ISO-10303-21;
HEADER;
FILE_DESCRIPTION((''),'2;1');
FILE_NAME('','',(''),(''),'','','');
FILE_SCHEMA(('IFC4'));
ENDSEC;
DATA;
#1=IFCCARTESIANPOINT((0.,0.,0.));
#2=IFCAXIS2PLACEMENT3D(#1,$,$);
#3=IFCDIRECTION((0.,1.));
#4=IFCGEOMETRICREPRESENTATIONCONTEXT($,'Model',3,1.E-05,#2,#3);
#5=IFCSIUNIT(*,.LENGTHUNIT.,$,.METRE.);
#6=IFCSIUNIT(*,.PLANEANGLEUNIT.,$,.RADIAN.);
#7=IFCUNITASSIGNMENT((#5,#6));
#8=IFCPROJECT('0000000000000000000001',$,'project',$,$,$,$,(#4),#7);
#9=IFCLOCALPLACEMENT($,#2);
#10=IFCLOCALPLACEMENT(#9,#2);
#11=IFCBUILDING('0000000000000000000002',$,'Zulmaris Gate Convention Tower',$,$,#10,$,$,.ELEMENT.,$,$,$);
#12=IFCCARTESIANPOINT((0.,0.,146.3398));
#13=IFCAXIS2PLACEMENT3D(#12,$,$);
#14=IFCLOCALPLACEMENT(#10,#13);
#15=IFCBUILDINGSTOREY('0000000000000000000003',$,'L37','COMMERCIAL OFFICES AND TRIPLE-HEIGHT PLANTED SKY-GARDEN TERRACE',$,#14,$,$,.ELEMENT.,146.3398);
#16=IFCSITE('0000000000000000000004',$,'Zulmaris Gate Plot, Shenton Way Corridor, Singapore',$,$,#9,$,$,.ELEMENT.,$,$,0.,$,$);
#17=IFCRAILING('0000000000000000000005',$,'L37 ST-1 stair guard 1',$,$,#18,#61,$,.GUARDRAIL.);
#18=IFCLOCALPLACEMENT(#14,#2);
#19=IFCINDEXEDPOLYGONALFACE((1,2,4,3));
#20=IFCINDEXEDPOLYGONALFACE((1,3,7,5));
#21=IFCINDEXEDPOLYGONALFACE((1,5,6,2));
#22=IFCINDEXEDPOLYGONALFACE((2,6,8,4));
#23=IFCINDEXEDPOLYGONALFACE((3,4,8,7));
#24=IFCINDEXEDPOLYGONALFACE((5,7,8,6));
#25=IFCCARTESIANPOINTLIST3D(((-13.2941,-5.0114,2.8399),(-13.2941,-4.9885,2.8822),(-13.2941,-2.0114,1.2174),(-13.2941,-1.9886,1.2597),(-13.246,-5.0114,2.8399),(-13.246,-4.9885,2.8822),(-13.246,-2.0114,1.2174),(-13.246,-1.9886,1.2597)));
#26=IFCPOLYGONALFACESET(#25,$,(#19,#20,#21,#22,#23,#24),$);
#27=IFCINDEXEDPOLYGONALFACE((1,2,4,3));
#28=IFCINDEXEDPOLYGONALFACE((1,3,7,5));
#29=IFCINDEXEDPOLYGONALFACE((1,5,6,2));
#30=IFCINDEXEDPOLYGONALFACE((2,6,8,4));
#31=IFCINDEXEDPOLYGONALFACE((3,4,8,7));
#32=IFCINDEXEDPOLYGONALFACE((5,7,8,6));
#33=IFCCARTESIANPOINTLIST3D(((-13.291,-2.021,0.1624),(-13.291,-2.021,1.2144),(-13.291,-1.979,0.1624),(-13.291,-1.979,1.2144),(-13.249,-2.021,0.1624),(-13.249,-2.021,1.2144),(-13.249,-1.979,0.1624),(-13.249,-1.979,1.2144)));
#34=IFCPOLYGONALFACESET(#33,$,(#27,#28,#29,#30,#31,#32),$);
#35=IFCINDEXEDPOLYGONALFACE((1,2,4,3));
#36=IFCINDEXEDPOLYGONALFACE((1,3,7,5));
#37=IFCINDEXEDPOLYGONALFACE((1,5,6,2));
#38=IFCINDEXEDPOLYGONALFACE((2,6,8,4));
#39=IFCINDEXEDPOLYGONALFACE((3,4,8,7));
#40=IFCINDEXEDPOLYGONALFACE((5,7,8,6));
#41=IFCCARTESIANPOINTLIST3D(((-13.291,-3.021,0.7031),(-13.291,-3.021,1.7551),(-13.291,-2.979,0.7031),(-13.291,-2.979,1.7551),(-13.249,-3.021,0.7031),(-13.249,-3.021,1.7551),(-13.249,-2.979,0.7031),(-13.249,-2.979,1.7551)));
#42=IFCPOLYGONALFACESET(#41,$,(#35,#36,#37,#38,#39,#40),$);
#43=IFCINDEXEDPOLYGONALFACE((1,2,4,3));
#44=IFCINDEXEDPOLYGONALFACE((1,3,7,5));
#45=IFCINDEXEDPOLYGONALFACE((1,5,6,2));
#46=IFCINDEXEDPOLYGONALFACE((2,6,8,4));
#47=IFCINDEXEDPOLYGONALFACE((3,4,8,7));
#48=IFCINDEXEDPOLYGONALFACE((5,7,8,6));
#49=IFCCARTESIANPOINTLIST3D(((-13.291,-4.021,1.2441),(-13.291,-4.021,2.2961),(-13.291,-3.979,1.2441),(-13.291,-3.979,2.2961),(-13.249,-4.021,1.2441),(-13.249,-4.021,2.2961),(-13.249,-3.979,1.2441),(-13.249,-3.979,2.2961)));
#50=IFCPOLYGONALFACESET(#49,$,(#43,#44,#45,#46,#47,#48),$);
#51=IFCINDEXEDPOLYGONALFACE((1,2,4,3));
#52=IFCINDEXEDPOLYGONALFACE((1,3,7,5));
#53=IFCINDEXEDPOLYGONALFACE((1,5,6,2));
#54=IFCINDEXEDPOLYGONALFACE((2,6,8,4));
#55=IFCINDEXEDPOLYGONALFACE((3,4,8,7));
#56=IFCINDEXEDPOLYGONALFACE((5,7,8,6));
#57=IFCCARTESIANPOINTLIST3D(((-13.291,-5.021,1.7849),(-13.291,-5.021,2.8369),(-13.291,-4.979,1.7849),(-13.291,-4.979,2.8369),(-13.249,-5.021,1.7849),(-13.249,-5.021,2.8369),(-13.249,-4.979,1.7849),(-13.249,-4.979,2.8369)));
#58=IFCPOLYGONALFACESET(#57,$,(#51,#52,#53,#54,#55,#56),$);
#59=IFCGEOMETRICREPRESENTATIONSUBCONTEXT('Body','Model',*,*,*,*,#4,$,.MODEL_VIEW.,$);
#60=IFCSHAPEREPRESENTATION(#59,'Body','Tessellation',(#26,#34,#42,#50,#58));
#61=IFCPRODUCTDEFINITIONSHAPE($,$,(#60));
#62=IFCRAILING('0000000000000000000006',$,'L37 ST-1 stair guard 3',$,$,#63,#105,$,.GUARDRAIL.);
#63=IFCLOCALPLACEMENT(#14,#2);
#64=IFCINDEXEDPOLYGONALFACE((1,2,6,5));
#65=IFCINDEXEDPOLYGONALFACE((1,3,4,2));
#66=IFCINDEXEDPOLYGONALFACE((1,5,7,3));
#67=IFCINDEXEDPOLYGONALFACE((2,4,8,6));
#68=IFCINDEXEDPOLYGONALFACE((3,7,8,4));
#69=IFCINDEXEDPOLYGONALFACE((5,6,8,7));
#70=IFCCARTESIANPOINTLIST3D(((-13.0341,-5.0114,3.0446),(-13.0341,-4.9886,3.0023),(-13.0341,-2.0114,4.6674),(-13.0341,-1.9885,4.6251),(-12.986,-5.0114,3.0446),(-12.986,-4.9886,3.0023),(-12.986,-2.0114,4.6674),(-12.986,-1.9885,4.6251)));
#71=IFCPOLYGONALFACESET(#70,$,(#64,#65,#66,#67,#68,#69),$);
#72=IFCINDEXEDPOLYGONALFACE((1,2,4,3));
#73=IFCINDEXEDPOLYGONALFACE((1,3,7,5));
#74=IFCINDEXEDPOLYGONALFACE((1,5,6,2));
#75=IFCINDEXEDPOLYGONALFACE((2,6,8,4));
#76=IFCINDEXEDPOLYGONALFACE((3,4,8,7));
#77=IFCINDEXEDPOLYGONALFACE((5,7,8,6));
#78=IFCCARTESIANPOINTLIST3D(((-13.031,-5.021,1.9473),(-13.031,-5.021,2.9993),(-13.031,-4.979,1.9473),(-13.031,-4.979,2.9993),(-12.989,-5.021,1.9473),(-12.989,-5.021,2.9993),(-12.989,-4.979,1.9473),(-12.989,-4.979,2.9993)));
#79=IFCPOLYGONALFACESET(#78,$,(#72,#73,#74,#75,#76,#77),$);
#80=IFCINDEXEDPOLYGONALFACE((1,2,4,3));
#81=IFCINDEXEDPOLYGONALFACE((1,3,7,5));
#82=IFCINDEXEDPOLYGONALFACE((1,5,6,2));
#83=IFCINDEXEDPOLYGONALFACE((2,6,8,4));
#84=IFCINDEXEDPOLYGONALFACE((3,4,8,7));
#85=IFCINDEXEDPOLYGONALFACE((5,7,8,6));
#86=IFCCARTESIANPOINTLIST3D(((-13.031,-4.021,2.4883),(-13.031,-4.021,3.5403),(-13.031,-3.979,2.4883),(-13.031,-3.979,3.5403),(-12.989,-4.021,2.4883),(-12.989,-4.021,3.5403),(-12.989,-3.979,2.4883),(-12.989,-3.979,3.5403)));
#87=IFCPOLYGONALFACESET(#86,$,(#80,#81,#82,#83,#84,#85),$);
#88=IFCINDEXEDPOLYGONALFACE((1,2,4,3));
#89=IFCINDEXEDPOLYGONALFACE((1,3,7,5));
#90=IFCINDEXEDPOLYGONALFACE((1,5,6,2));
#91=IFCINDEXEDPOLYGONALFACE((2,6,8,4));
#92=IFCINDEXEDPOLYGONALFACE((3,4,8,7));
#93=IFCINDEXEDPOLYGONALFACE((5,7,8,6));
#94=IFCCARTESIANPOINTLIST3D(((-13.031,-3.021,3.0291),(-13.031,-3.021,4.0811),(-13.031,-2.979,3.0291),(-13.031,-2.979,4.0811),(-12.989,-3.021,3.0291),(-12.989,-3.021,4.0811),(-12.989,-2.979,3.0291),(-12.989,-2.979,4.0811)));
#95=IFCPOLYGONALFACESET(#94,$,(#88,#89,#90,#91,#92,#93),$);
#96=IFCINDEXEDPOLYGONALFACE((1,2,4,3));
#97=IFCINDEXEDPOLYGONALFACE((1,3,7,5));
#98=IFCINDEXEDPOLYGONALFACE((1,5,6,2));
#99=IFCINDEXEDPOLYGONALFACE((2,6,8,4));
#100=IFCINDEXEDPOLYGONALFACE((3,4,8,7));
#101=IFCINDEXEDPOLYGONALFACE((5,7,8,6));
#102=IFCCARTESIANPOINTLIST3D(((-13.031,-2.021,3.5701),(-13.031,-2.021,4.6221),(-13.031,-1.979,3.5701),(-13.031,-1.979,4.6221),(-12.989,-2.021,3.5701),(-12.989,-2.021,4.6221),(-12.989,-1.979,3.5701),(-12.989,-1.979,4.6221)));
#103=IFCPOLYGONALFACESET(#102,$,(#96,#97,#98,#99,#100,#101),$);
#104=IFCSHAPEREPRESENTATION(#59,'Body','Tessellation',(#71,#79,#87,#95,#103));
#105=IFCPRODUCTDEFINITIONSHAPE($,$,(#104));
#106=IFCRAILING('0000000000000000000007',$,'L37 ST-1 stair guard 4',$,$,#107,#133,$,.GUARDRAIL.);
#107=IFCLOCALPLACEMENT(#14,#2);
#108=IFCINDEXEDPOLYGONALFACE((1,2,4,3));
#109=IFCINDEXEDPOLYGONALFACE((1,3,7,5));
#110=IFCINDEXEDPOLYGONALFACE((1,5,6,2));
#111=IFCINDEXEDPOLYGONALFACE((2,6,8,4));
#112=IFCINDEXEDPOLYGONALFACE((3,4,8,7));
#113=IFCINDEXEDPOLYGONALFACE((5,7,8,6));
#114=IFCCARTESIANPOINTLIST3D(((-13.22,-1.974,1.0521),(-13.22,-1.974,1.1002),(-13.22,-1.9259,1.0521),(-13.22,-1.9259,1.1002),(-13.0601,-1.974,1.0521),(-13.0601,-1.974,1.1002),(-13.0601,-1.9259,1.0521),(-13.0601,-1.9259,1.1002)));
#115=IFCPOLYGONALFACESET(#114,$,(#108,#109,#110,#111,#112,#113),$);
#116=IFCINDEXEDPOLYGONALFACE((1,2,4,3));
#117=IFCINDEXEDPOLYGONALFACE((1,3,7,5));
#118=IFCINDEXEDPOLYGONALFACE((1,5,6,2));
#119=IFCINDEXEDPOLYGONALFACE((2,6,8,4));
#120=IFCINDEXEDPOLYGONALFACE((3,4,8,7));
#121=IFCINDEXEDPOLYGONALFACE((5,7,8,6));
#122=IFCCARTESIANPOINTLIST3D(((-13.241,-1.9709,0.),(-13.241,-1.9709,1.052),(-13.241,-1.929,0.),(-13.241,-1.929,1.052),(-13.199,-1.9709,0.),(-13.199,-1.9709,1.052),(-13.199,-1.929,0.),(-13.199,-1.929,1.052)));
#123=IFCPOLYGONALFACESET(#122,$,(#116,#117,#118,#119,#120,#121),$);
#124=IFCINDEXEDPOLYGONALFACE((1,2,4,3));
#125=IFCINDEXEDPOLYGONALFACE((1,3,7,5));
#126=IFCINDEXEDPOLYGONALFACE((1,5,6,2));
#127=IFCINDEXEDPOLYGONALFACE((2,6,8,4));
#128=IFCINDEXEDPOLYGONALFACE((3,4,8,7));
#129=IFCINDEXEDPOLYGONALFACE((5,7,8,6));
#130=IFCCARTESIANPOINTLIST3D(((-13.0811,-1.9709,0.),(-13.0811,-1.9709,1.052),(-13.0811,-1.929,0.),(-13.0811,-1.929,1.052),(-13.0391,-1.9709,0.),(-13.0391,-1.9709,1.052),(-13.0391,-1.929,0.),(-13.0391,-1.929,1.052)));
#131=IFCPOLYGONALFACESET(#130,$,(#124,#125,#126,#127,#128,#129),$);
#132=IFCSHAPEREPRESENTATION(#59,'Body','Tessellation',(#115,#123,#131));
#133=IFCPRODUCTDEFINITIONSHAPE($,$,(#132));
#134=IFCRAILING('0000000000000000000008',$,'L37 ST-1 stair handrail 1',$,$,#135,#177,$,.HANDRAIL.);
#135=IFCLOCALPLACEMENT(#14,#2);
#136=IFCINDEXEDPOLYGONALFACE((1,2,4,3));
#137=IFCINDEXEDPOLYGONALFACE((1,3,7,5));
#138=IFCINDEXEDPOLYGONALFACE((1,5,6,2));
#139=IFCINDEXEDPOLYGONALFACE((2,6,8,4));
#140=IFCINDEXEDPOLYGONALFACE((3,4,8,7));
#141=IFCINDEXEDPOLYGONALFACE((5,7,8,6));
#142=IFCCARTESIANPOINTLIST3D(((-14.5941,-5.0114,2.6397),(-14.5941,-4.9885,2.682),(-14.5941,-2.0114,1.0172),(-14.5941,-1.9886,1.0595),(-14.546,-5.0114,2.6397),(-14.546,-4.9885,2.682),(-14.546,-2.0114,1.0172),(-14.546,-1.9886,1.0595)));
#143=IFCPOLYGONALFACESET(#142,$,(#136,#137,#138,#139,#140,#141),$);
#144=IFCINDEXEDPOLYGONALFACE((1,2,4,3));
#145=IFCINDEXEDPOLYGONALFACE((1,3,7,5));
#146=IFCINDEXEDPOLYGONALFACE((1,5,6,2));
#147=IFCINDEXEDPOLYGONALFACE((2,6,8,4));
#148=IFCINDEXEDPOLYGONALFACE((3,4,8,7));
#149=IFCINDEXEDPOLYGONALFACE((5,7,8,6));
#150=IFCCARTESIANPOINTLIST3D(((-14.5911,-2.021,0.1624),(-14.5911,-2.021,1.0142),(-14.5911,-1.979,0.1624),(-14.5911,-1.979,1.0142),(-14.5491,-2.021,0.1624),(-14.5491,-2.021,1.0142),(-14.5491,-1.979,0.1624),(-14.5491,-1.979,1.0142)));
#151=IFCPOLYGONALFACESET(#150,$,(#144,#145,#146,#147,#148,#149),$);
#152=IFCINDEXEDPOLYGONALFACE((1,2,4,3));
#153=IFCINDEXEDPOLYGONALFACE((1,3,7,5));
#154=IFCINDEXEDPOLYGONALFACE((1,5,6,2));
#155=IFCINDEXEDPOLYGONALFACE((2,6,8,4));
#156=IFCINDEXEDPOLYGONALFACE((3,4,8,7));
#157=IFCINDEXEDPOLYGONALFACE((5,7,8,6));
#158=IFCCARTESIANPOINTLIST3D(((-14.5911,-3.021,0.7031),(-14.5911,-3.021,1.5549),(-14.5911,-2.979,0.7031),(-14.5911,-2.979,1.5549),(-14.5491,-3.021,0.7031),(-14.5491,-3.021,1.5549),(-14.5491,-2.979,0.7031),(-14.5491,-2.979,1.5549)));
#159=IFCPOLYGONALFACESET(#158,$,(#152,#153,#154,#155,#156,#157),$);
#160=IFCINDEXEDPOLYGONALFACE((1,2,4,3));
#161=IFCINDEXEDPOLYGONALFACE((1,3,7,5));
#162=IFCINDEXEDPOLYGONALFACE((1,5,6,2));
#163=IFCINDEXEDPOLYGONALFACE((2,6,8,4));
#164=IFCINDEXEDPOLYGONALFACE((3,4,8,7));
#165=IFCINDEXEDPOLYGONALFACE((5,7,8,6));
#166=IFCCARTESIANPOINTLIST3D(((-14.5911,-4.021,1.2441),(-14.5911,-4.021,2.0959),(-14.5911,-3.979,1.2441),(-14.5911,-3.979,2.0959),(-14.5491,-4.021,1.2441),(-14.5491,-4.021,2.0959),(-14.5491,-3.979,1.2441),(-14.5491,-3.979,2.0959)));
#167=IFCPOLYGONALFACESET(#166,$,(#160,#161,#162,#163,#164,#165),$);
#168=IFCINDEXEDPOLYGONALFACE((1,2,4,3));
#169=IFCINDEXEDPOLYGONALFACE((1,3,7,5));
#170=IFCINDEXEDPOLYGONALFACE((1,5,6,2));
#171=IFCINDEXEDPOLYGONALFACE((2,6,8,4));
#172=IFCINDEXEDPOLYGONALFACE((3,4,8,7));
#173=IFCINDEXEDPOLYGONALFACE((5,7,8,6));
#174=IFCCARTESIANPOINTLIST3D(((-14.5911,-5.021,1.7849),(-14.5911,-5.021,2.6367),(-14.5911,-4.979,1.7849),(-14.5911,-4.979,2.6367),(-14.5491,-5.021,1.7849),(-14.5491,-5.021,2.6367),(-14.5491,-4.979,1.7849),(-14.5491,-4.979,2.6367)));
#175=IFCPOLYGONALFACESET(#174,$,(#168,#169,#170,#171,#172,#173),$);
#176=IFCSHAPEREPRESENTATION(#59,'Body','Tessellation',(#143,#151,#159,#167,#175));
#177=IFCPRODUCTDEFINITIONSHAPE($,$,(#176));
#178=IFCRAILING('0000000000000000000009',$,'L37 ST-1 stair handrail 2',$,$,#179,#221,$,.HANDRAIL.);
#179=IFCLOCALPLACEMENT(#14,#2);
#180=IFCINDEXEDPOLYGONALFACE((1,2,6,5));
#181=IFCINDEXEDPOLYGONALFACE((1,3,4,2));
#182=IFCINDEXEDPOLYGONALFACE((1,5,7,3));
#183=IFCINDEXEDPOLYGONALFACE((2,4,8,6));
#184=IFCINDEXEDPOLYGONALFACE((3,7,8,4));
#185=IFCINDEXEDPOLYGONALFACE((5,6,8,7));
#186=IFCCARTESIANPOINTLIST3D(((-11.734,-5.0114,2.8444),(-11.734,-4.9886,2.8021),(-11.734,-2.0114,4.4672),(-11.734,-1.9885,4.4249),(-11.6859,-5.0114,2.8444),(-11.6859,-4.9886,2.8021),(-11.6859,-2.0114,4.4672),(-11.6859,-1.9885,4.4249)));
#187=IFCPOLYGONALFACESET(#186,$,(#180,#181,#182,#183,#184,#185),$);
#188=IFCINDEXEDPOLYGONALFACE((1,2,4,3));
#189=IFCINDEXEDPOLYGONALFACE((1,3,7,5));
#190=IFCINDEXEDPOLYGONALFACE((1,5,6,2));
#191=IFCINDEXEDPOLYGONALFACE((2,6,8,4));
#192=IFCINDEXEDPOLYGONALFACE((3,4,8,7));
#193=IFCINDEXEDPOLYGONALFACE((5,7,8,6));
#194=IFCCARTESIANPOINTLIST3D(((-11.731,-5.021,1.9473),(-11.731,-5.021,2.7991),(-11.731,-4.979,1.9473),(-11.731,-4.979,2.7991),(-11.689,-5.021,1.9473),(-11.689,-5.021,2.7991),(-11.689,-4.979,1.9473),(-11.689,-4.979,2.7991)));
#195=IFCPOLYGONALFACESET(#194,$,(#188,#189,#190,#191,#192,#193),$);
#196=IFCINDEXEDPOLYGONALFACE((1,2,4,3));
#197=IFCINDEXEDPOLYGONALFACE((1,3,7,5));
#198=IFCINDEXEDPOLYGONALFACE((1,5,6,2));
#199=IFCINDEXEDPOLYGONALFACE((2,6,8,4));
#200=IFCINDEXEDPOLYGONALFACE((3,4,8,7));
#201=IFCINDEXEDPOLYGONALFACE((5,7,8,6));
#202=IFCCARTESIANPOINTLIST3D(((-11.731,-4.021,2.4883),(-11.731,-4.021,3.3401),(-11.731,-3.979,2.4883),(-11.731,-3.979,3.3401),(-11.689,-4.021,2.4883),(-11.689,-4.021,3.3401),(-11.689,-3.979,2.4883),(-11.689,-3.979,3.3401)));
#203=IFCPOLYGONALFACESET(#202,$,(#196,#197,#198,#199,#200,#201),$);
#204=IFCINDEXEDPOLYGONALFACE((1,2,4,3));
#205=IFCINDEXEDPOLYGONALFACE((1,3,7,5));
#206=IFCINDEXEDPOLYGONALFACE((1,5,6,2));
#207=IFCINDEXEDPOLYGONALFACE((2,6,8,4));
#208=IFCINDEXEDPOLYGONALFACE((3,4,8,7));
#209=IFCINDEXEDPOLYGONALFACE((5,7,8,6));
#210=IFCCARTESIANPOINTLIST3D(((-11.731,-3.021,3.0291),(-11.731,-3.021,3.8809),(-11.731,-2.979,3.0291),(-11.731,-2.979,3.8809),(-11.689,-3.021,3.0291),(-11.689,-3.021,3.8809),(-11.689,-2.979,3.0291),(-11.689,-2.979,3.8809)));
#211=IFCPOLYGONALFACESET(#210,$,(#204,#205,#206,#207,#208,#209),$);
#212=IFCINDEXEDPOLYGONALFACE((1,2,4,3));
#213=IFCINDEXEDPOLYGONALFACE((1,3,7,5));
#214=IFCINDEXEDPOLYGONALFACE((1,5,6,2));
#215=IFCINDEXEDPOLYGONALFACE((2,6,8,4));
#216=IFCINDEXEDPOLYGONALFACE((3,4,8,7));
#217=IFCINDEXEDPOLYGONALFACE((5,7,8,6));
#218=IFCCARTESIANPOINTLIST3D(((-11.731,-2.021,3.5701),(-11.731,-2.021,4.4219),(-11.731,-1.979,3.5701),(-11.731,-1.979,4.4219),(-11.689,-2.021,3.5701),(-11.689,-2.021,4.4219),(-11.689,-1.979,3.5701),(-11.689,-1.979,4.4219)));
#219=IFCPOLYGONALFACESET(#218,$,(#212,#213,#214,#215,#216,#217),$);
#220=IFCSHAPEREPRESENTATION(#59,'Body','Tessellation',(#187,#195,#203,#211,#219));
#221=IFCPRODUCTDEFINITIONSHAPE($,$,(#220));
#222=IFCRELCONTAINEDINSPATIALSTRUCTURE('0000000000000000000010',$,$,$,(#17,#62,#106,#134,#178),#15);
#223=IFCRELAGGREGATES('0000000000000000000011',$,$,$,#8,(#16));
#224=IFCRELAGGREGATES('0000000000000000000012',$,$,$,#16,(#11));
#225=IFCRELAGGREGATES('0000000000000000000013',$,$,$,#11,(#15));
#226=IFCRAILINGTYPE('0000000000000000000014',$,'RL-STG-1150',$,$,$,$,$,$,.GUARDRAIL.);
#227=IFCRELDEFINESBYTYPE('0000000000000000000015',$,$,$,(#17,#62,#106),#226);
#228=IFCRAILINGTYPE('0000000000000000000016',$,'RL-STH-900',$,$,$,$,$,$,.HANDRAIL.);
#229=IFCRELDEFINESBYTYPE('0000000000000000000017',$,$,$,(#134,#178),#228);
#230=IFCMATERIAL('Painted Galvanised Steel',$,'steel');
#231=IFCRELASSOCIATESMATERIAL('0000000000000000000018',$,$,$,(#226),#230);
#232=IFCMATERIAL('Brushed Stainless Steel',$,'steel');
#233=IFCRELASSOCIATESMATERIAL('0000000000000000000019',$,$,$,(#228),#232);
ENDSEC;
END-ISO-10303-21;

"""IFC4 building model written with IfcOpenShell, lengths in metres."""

from ifc_helpers import new_model, si_unit, direction, frame, origin, origin_2d, place, context, subcontext, project, spatial, rectangle, extrude, material, type_object, element, save


model = new_model("IFC4")

# Units and contexts
model_context = context("Model", 3, precision=1e-05, world=origin(), true_north=direction((0.0, 1.0)))
body_context = subcontext(model_context, "Body", "Model", "MODEL_VIEW")
ifc_project = project(units=[si_unit("LENGTHUNIT", "METRE"), si_unit("PLANEANGLEUNIT", "RADIAN")], contexts=[model_context])

# Site, building, storey
site_placement = place(None, origin())
site = spatial("IfcSite", under=ifc_project, at=site_placement, Name="Zulmaris Gate Plot, Shenton Way Corridor, Singapore", CompositionType="ELEMENT", RefElevation=0.0)
building_placement = place(site_placement, origin())
building = spatial("IfcBuilding", under=site, at=building_placement, Name="Zulmaris Gate Convention Tower", CompositionType="ELEMENT")
storey_placement = place(building_placement, frame((0.0, 0.0, 146.3398)))
storey = spatial("IfcBuildingStorey", under=building, at=storey_placement, Name="L37", Description="COMMERCIAL OFFICES AND TRIPLE-HEIGHT PLANTED SKY-GARDEN TERRACE", CompositionType="ELEMENT", Elevation=146.3398)

# Railings
ifc_material_1 = material(Name="Painted Galvanised Steel", Category="steel")
railing_type_1 = type_object("IfcRailingType", Name="RL-STG-1150", PredefinedType="GUARDRAIL", material=ifc_material_1)
railing_1_placement = place(storey_placement, frame((-13.27, -2.0, 0.1624)))
element("IfcRailing", 1, at=railing_1_placement, inside=storey, type_object=railing_type_1, Name="L37 ST-1 stair guard 1", PredefinedType="GUARDRAIL", context=body_context, shape_type="SweptSolid", body=[
    extrude(rectangle(XDim=0.0481, YDim=0.0481, at=origin_2d()), frame((0.0, 0.0, 1.0762), z_axis=(0.0, -0.879592, 0.47573), x_axis=(1.0, 0.0, 0.0)), (0.0, 0.0, 1.0), 3.4106),
    extrude(rectangle(XDim=0.042, YDim=0.042, at=origin_2d()), origin(), (0.0, 0.0, 1.0), 1.052),
    extrude(rectangle(XDim=0.042, YDim=0.042, at=origin_2d()), frame((0.0, -1.0, 0.5408)), (0.0, 0.0, 1.0), 1.052),
    extrude(rectangle(XDim=0.042, YDim=0.042, at=origin_2d()), frame((0.0, -2.0, 1.0818)), (0.0, 0.0, 1.0), 1.052),
    extrude(rectangle(XDim=0.042, YDim=0.042, at=origin_2d()), frame((0.0, -3.0, 1.6226)), (0.0, 0.0, 1.0), 1.052),
])
railing_2_placement = place(storey_placement, frame((-13.01, -5.0, 1.9473)))
element("IfcRailing", 2, at=railing_2_placement, inside=storey, type_object=railing_type_1, Name="L37 ST-1 stair guard 3", PredefinedType="GUARDRAIL", context=body_context, shape_type="SweptSolid", body=[
    extrude(rectangle(XDim=0.0481, YDim=0.0481, at=origin_2d()), frame((0.0, 0.0, 1.0762), z_axis=(0.0, 0.879562, 0.475785), x_axis=(-1.0, 0.0, 0.0)), (0.0, 0.0, 1.0), 3.4109),
    extrude(rectangle(XDim=0.042, YDim=0.042, at=origin_2d()), origin(), (0.0, 0.0, 1.0), 1.052),
    extrude(rectangle(XDim=0.042, YDim=0.042, at=origin_2d()), frame((0.0, 1.0, 0.541)), (0.0, 0.0, 1.0), 1.052),
    extrude(rectangle(XDim=0.042, YDim=0.042, at=origin_2d()), frame((0.0, 2.0, 1.0818)), (0.0, 0.0, 1.0), 1.052),
    extrude(rectangle(XDim=0.042, YDim=0.042, at=origin_2d()), frame((0.0, 3.0, 1.6228)), (0.0, 0.0, 1.0), 1.052),
])
railing_3_placement = place(storey_placement, frame((-13.22, -1.95, 0.0)))
element("IfcRailing", 3, at=railing_3_placement, inside=storey, type_object=railing_type_1, Name="L37 ST-1 stair guard 4", PredefinedType="GUARDRAIL", context=body_context, shape_type="SweptSolid", body=[
    extrude(rectangle(XDim=0.0481, YDim=0.0481, at=origin_2d()), frame((0.0, 0.0, 1.0762), z_axis=(1.0, 0.0, 0.0), x_axis=(0.0, 1.0, 0.0)), (0.0, 0.0, 1.0), 0.1599),
    extrude(rectangle(XDim=0.042, YDim=0.042, at=origin_2d()), origin(), (0.0, 0.0, 1.0), 1.052),
    extrude(rectangle(XDim=0.042, YDim=0.042, at=origin_2d()), frame((0.1599, 0.0, 0.0)), (0.0, 0.0, 1.0), 1.052),
])
ifc_material_2 = material(Name="Brushed Stainless Steel", Category="steel")
railing_type_2 = type_object("IfcRailingType", Name="RL-STH-900", PredefinedType="HANDRAIL", material=ifc_material_2)
railing_4_placement = place(storey_placement, frame((-14.5701, -2.0, 0.1624)))
element("IfcRailing", 4, at=railing_4_placement, inside=storey, type_object=railing_type_2, Name="L37 ST-1 stair handrail 1", PredefinedType="HANDRAIL", context=body_context, shape_type="SweptSolid", body=[
    extrude(rectangle(XDim=0.0481, YDim=0.0481, at=origin_2d()), frame((0.0, 0.0, 0.876), z_axis=(0.0, -0.879592, 0.47573), x_axis=(1.0, 0.0, 0.0)), (0.0, 0.0, 1.0), 3.4106),
    extrude(rectangle(XDim=0.042, YDim=0.042, at=origin_2d()), origin(), (0.0, 0.0, 1.0), 0.8518),
    extrude(rectangle(XDim=0.042, YDim=0.042, at=origin_2d()), frame((0.0, -1.0, 0.5408)), (0.0, 0.0, 1.0), 0.8518),
    extrude(rectangle(XDim=0.042, YDim=0.042, at=origin_2d()), frame((0.0, -2.0, 1.0818)), (0.0, 0.0, 1.0), 0.8518),
    extrude(rectangle(XDim=0.042, YDim=0.042, at=origin_2d()), frame((0.0, -3.0, 1.6226)), (0.0, 0.0, 1.0), 0.8518),
])
railing_5_placement = place(storey_placement, frame((-11.71, -5.0, 1.9473)))
element("IfcRailing", 5, at=railing_5_placement, inside=storey, type_object=railing_type_2, Name="L37 ST-1 stair handrail 2", PredefinedType="HANDRAIL", context=body_context, shape_type="SweptSolid", body=[
    extrude(rectangle(XDim=0.0481, YDim=0.0481, at=origin_2d()), frame((0.0, 0.0, 0.876), z_axis=(0.0, 0.879562, 0.475785), x_axis=(-1.0, 0.0, 0.0)), (0.0, 0.0, 1.0), 3.4109),
    extrude(rectangle(XDim=0.042, YDim=0.042, at=origin_2d()), origin(), (0.0, 0.0, 1.0), 0.8518),
    extrude(rectangle(XDim=0.042, YDim=0.042, at=origin_2d()), frame((0.0, 1.0, 0.541)), (0.0, 0.0, 1.0), 0.8518),
    extrude(rectangle(XDim=0.042, YDim=0.042, at=origin_2d()), frame((0.0, 2.0, 1.0818)), (0.0, 0.0, 1.0), 0.8518),
    extrude(rectangle(XDim=0.042, YDim=0.042, at=origin_2d()), frame((0.0, 3.0, 1.6228)), (0.0, 0.0, 1.0), 0.8518),
])

save(model, "model.ifc")
